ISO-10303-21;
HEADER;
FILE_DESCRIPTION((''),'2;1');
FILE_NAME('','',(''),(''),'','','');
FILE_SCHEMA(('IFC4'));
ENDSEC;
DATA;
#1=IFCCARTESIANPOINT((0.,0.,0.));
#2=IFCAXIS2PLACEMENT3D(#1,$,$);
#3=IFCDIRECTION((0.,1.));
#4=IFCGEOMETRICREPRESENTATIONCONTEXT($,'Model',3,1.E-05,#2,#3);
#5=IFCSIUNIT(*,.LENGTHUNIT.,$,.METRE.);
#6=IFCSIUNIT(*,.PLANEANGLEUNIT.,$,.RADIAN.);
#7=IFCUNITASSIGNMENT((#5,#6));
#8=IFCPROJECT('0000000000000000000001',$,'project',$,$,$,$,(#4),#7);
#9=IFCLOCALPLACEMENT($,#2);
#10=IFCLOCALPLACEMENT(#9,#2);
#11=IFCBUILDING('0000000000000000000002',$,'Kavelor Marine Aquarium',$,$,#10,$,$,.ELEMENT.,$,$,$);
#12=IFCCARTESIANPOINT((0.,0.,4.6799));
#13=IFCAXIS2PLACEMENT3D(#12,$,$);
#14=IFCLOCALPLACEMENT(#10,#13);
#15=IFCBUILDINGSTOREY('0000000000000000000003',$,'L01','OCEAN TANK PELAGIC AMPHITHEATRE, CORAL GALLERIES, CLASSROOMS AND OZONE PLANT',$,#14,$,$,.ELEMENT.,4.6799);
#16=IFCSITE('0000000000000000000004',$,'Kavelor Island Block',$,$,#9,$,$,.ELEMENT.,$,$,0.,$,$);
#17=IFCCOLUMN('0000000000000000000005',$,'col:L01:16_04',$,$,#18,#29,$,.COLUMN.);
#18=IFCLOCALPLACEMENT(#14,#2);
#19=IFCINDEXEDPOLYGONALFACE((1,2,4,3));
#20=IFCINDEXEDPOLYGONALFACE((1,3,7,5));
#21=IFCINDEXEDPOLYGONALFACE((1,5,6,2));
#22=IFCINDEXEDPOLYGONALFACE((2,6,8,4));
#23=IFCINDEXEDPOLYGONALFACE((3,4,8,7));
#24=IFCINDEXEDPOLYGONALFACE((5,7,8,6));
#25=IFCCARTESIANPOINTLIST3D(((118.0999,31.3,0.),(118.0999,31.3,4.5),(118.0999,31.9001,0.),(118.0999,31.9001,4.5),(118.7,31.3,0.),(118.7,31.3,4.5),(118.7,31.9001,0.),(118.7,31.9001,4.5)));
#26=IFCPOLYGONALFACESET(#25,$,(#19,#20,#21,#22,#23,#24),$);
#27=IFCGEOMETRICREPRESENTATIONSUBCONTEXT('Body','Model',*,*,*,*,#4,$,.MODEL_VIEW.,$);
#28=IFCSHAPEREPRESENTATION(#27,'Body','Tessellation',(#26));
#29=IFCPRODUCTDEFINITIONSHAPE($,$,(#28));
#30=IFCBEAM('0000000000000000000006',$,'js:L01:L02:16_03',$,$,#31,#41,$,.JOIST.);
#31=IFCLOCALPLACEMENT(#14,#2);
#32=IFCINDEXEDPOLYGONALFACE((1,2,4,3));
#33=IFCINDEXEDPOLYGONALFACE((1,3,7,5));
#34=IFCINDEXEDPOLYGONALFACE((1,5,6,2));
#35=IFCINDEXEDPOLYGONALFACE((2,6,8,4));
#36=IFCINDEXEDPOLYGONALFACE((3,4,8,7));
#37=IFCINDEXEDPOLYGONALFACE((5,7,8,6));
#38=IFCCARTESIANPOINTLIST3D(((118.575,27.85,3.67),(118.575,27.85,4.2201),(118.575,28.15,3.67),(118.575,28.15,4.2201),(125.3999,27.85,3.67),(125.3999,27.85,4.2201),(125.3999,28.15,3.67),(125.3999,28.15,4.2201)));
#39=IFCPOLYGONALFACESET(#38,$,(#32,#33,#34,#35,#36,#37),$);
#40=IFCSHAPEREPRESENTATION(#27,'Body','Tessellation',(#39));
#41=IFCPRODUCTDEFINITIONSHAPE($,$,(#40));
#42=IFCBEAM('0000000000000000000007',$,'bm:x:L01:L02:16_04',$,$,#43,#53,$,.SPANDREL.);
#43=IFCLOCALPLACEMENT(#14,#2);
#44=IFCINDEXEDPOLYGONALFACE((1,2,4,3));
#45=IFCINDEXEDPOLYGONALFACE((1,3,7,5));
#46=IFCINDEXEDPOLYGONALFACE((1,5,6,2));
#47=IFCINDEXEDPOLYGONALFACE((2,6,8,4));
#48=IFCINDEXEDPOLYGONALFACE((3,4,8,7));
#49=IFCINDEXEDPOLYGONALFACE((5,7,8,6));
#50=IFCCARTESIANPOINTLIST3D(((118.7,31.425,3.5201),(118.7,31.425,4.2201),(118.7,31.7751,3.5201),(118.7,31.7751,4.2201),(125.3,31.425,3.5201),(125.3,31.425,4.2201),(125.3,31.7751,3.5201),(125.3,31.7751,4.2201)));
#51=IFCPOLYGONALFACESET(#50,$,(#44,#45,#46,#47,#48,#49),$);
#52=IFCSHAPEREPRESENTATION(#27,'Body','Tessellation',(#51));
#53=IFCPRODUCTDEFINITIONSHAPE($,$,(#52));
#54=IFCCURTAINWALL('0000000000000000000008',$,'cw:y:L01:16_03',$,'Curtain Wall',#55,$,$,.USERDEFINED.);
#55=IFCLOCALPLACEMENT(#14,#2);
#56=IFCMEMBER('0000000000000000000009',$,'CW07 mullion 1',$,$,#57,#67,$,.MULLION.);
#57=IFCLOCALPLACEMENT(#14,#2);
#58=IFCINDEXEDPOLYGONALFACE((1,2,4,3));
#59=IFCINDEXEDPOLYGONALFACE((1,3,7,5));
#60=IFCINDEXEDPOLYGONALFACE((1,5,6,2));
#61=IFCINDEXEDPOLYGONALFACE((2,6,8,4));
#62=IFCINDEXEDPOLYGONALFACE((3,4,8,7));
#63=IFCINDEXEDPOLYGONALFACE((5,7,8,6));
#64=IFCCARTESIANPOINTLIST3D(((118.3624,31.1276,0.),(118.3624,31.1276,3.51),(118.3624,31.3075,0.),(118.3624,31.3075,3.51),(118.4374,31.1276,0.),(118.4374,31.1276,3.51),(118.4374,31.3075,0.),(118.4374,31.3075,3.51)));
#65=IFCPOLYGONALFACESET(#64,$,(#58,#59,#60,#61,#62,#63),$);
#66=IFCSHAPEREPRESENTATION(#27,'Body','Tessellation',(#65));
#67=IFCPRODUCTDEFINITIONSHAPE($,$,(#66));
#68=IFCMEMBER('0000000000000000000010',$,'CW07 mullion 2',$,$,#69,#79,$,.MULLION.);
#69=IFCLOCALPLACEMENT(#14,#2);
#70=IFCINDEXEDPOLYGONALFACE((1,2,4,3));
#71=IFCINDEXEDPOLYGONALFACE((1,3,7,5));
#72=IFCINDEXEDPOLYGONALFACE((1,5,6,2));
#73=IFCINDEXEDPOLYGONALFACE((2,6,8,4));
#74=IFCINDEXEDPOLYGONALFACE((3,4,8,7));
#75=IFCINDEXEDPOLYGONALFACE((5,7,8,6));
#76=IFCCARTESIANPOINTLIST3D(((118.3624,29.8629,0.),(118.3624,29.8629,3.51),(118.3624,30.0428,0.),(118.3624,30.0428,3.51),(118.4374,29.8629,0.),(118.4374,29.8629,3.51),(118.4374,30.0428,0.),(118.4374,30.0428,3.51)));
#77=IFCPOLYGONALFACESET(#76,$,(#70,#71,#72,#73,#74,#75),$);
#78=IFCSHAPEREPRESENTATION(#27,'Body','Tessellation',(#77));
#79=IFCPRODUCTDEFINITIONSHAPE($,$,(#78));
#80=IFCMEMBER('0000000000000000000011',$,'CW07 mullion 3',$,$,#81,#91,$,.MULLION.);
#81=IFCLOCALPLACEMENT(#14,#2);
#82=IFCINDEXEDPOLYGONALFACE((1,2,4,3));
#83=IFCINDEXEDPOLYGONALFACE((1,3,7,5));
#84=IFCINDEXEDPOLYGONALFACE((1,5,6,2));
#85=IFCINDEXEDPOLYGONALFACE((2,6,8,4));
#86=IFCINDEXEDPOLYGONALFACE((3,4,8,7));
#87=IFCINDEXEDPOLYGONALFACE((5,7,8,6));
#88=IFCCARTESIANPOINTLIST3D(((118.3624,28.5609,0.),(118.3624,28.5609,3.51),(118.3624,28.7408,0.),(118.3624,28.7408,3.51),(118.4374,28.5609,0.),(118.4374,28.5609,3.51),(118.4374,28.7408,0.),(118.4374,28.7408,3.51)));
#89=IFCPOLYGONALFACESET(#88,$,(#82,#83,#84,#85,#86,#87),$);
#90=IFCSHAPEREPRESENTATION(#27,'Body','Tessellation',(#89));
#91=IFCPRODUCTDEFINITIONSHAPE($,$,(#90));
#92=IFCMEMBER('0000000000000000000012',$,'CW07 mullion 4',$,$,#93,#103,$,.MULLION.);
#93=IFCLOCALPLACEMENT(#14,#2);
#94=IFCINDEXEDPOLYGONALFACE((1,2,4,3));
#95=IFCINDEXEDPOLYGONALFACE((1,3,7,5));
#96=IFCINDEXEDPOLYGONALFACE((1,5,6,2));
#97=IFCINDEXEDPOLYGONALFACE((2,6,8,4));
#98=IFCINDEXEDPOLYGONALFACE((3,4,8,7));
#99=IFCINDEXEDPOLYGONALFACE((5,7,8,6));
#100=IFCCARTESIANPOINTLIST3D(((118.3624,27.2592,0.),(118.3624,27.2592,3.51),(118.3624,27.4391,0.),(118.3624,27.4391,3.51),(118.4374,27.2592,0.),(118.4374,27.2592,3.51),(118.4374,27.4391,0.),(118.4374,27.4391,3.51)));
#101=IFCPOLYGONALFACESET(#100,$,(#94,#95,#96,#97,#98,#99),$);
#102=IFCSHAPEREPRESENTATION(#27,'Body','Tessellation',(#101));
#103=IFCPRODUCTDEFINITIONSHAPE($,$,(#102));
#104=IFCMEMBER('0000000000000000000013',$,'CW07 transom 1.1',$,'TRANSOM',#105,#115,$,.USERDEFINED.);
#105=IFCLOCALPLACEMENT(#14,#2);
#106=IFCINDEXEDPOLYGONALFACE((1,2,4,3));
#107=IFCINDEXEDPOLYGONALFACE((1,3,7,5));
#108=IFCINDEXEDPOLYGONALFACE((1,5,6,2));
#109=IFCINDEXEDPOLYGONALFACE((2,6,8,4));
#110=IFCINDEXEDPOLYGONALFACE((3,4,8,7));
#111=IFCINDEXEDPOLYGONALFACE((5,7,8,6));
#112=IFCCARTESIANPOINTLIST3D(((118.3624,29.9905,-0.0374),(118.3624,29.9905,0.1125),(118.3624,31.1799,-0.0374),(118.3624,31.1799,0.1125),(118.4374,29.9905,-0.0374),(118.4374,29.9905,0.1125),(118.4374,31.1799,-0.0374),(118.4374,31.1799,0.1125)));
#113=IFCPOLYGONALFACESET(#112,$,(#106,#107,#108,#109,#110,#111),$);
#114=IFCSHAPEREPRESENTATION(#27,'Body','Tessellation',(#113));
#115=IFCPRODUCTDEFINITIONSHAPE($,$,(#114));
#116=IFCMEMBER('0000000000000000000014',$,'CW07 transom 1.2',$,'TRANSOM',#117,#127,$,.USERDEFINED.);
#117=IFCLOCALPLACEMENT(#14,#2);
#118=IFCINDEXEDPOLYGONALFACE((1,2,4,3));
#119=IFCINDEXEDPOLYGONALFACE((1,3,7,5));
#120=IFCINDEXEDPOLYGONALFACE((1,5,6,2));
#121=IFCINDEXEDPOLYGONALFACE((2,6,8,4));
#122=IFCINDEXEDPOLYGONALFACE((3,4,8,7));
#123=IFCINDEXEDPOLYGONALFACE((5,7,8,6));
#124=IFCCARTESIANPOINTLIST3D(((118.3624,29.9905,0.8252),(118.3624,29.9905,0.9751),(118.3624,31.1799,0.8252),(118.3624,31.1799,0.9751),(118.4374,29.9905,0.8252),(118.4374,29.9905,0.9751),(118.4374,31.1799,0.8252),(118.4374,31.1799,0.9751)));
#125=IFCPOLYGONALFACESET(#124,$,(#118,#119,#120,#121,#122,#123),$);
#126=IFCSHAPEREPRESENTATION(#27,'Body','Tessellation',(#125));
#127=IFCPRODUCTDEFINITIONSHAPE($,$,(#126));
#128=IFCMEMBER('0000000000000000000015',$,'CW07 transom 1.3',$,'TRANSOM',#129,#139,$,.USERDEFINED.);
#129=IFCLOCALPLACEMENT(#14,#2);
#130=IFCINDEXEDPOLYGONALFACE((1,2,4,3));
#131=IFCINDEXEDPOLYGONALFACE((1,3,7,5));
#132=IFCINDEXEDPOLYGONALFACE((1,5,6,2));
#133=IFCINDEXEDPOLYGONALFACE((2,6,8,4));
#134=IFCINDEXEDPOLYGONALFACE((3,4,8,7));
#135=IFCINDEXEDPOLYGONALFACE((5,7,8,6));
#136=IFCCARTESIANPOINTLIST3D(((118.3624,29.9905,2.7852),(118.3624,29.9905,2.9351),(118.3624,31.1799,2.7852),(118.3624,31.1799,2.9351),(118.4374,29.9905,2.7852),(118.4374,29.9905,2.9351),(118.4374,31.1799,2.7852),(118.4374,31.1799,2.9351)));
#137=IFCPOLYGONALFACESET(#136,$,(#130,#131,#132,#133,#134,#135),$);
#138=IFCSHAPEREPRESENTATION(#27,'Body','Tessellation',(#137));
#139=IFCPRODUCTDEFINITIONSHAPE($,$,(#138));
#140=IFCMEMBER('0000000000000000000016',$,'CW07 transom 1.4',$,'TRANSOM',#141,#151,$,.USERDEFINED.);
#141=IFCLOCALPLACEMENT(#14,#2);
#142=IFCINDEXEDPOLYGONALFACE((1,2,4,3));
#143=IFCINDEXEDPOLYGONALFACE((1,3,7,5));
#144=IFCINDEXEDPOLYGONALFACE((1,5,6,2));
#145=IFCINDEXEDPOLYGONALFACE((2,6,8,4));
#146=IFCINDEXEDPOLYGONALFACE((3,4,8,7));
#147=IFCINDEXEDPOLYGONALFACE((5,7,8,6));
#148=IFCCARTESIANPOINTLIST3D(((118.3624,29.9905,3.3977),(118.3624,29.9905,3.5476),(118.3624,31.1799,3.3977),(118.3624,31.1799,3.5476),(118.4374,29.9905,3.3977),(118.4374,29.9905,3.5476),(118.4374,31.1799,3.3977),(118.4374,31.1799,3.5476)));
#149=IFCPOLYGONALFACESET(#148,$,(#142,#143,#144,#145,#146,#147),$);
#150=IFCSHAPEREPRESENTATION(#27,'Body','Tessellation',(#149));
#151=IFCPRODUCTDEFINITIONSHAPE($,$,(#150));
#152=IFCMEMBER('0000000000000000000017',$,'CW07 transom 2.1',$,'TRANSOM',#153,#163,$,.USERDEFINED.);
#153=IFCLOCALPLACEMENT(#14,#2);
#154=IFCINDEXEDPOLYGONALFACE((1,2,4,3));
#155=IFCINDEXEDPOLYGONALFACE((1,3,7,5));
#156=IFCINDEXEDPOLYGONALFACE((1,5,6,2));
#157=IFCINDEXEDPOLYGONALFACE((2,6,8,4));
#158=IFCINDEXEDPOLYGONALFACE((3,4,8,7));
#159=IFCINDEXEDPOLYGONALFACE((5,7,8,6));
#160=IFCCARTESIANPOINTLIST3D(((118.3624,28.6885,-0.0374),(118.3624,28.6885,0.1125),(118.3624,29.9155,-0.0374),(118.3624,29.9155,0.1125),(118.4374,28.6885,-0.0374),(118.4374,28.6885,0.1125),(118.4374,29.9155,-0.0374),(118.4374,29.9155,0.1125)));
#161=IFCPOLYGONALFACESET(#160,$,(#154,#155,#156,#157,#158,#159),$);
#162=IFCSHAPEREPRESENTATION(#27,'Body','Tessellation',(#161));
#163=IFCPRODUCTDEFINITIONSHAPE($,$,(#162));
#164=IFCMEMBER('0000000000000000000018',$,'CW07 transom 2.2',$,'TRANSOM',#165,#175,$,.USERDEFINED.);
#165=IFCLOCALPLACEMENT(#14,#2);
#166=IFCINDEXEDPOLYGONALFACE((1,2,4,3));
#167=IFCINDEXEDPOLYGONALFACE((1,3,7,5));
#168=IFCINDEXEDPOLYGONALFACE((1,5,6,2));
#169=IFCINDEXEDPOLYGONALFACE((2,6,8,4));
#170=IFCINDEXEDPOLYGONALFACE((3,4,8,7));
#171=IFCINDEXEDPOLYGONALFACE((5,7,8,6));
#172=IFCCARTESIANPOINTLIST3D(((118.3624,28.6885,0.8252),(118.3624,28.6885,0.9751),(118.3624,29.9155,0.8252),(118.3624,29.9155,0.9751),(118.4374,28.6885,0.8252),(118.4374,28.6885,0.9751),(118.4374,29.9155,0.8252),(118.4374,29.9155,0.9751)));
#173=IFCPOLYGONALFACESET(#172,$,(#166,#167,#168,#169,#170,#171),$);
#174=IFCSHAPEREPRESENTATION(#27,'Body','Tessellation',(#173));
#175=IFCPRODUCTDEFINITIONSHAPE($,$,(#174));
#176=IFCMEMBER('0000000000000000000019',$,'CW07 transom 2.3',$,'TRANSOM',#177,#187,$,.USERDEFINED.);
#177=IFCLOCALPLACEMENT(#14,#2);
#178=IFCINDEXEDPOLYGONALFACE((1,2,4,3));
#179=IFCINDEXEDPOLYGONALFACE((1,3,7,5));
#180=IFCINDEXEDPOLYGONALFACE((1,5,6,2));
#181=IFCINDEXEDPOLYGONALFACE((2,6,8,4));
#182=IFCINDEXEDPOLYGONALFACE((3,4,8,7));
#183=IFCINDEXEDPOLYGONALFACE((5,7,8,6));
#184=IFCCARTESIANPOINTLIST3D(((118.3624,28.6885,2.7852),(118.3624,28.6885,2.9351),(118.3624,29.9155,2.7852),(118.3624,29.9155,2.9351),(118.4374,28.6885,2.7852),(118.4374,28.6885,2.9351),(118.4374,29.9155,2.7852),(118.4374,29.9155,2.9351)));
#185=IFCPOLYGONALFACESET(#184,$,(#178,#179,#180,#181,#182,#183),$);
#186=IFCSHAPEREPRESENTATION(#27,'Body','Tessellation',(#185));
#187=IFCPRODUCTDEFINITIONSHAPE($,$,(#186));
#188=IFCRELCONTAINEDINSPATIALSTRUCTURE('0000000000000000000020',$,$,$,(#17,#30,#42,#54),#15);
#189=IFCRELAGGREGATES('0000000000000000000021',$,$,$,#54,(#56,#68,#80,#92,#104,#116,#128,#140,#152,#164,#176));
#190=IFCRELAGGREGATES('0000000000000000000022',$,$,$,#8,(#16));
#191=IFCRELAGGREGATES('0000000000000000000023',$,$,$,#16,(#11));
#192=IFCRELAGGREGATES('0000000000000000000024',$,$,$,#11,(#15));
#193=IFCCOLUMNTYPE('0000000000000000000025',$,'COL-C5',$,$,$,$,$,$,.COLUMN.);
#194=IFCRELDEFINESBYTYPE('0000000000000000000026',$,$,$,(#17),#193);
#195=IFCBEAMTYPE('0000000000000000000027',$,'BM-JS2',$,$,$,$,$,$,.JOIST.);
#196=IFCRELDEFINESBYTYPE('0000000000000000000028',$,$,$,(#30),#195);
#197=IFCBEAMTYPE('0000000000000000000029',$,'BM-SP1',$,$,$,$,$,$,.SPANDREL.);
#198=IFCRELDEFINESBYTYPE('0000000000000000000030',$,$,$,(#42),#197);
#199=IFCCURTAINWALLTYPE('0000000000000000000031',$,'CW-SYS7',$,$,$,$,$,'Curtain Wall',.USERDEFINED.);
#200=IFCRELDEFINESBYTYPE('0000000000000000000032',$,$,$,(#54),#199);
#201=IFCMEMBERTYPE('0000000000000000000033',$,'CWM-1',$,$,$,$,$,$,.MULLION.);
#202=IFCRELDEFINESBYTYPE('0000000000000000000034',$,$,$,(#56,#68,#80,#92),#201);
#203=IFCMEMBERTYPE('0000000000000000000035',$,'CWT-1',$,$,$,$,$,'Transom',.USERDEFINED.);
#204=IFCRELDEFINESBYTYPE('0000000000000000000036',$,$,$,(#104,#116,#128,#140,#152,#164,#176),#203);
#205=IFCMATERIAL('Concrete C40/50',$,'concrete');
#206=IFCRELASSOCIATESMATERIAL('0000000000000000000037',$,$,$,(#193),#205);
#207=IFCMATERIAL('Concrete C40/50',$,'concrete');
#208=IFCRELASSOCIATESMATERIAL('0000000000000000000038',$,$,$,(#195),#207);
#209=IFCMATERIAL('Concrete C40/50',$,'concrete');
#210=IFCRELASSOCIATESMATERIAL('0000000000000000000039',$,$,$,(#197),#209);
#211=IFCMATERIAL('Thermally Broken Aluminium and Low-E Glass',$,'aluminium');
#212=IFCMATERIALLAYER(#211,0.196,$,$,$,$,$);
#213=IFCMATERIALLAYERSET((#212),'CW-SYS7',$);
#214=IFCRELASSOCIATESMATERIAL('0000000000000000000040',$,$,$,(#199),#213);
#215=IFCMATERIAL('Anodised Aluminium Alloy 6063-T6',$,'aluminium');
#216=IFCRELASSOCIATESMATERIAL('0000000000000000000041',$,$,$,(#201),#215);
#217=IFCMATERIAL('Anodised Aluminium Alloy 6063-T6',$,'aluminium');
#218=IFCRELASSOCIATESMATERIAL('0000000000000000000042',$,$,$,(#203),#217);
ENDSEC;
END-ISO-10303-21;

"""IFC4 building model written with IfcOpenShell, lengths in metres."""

from ifc_helpers import new_model, si_unit, direction, frame, origin, origin_2d, place, context, subcontext, project, spatial, rectangle, extrude, material, layer, layer_set, material_profile, profile_set, type_object, element, aggregate, save


model = new_model("IFC4")

# Units and contexts
model_context = context("Model", 3, precision=1e-05, world=origin(), true_north=direction((0.0, 1.0)))
body_context = subcontext(model_context, "Body", "Model", "MODEL_VIEW")
ifc_project = project(units=[si_unit("LENGTHUNIT", "METRE"), si_unit("PLANEANGLEUNIT", "RADIAN")], contexts=[model_context])

# Site, building, storey
site_placement = place(None, origin())
site = spatial("IfcSite", under=ifc_project, at=site_placement, Name="Kavelor Island Block", CompositionType="ELEMENT", RefElevation=0.0)
building_placement = place(site_placement, origin())
building = spatial("IfcBuilding", under=site, at=building_placement, Name="Kavelor Marine Aquarium", CompositionType="ELEMENT")
storey_placement = place(building_placement, frame((0.0, 0.0, 4.6799)))
storey = spatial("IfcBuildingStorey", under=building, at=storey_placement, Name="L01", Description="OCEAN TANK PELAGIC AMPHITHEATRE, CORAL GALLERIES, CLASSROOMS AND OZONE PLANT", CompositionType="ELEMENT", Elevation=4.6799)

# Column
ifc_material_1 = material(Name="Concrete C40/50", Category="concrete")
ifc_material_profile_1 = material_profile(ifc_material_1, rectangle(XDim=0.6001, YDim=0.6001, at=origin_2d()), Name="RC-COL 600x600")
ifc_profile_set_1 = profile_set([ifc_material_profile_1], Name="Concrete C40/50")
column_type = type_object("IfcColumnType", Name="COL-C5", PredefinedType="COLUMN", material=ifc_profile_set_1)
column_placement = place(storey_placement, frame((118.3999, 31.6001, 0.0), z_axis=(0.0, 0.0, 1.0), x_axis=(1.0, 0.0, 0.0)))
element("IfcColumn", 1, at=column_placement, inside=storey, type_object=column_type, Name="col:L01:16_04", PredefinedType="COLUMN", context=body_context, shape_type="SweptSolid", body=[
    extrude(rectangle(XDim=0.6001, YDim=0.6001, at=origin_2d()), origin(), (0.0, 0.0, 1.0), 4.5),
])

# Beams
ifc_material_2 = material(Name="Concrete C40/50", Category="concrete")
ifc_material_profile_2 = material_profile(ifc_material_2, rectangle(XDim=0.3, YDim=0.55, at=origin_2d()), Name="RC-JS 300x550")
ifc_profile_set_2 = profile_set([ifc_material_profile_2], Name="Concrete C40/50")
beam_type_1 = type_object("IfcBeamType", Name="BM-JS2", PredefinedType="JOIST", material=ifc_profile_set_2)
beam_1_placement = place(storey_placement, frame((118.575, 28.0, 3.9451), z_axis=(1.0, 0.0, 0.0), x_axis=(0.0, 1.0, 0.0)))
element("IfcBeam", 2, at=beam_1_placement, inside=storey, type_object=beam_type_1, Name="js:L01:L02:16_03", PredefinedType="JOIST", context=body_context, shape_type="SweptSolid", body=[
    extrude(rectangle(XDim=0.3, YDim=0.55, at=origin_2d()), origin(), (0.0, 0.0, 1.0), 6.825),
])
ifc_material_3 = material(Name="Concrete C40/50", Category="concrete")
ifc_material_profile_3 = material_profile(ifc_material_3, rectangle(XDim=0.3501, YDim=0.7, at=origin_2d()), Name="RC-SP 350x700")
ifc_profile_set_3 = profile_set([ifc_material_profile_3], Name="Concrete C40/50")
beam_type_2 = type_object("IfcBeamType", Name="BM-SP1", PredefinedType="SPANDREL", material=ifc_profile_set_3)
beam_2_placement = place(storey_placement, frame((118.7, 31.6001, 3.8701), z_axis=(1.0, 0.0, 0.0), x_axis=(0.0, 1.0, 0.0)))
element("IfcBeam", 3, at=beam_2_placement, inside=storey, type_object=beam_type_2, Name="bm:x:L01:L02:16_04", PredefinedType="SPANDREL", context=body_context, shape_type="SweptSolid", body=[
    extrude(rectangle(XDim=0.3501, YDim=0.7, at=origin_2d()), origin(), (0.0, 0.0, 1.0), 6.6001),
])

# Curtain wall, members
ifc_material_4 = material(Name="Thermally Broken Aluminium and Low-E Glass", Category="aluminium")
ifc_layer_1 = layer(ifc_material_4, 0.196)
ifc_layer_set_1 = layer_set([ifc_layer_1], Name="CW-SYS7")
curtain_wall_type = type_object("IfcCurtainWallType", Name="CW-SYS7", ElementType="Curtain Wall", PredefinedType="USERDEFINED", material=ifc_layer_set_1)
curtain_wall_placement = place(storey_placement, origin())
curtain_wall = element("IfcCurtainWall", 4, at=curtain_wall_placement, inside=storey, type_object=curtain_wall_type, Name="cw:y:L01:16_03", ObjectType="Curtain Wall", PredefinedType="USERDEFINED")
ifc_material_5 = material(Name="Anodised Aluminium Alloy 6063-T6", Category="aluminium")
ifc_material_profile_4 = material_profile(ifc_material_5, rectangle(XDim=0.075, YDim=0.1799, at=origin_2d()), Name="CW-MUL 75x180")
ifc_profile_set_4 = profile_set([ifc_material_profile_4], Name="Anodised Aluminium Alloy 6063-T6")
member_type_1 = type_object("IfcMemberType", Name="CWM-1", PredefinedType="MULLION", material=ifc_profile_set_4)
member_1_placement = place(storey_placement, frame((118.3999, 31.2175, 0.0), z_axis=(0.0, 0.0, 1.0), x_axis=(1.0, 0.0, 0.0)))
member_1 = element("IfcMember", 5, at=member_1_placement, type_object=member_type_1, Name="CW07 mullion 1", PredefinedType="MULLION", context=body_context, shape_type="SweptSolid", body=[
    extrude(rectangle(XDim=0.075, YDim=0.1799, at=origin_2d()), origin(), (0.0, 0.0, 1.0), 3.51),
])
member_2_placement = place(storey_placement, frame((118.3999, 29.9529, 0.0), z_axis=(0.0, 0.0, 1.0), x_axis=(1.0, 0.0, 0.0)))
member_2 = element("IfcMember", 6, at=member_2_placement, type_object=member_type_1, Name="CW07 mullion 2", PredefinedType="MULLION", context=body_context, shape_type="SweptSolid", body=[
    extrude(rectangle(XDim=0.075, YDim=0.1799, at=origin_2d()), origin(), (0.0, 0.0, 1.0), 3.51),
])
member_3_placement = place(storey_placement, frame((118.3999, 28.6509, 0.0), z_axis=(0.0, 0.0, 1.0), x_axis=(1.0, 0.0, 0.0)))
member_3 = element("IfcMember", 7, at=member_3_placement, type_object=member_type_1, Name="CW07 mullion 3", PredefinedType="MULLION", context=body_context, shape_type="SweptSolid", body=[
    extrude(rectangle(XDim=0.075, YDim=0.1799, at=origin_2d()), origin(), (0.0, 0.0, 1.0), 3.51),
])
member_4_placement = place(storey_placement, frame((118.3999, 27.3491, 0.0), z_axis=(0.0, 0.0, 1.0), x_axis=(1.0, 0.0, 0.0)))
member_4 = element("IfcMember", 8, at=member_4_placement, type_object=member_type_1, Name="CW07 mullion 4", PredefinedType="MULLION", context=body_context, shape_type="SweptSolid", body=[
    extrude(rectangle(XDim=0.075, YDim=0.1799, at=origin_2d()), origin(), (0.0, 0.0, 1.0), 3.51),
])
ifc_material_6 = material(Name="Anodised Aluminium Alloy 6063-T6", Category="aluminium")
ifc_material_profile_5 = material_profile(ifc_material_6, rectangle(XDim=0.075, YDim=0.1499, at=origin_2d()), Name="CW-TRN 75x150")
ifc_profile_set_5 = profile_set([ifc_material_profile_5], Name="Anodised Aluminium Alloy 6063-T6")
member_type_2 = type_object("IfcMemberType", Name="CWT-1", ElementType="Transom", PredefinedType="USERDEFINED", material=ifc_profile_set_5)
member_5_placement = place(storey_placement, frame((118.3999, 31.1799, 0.0376), z_axis=(0.0, -1.0, 0.0), x_axis=(1.0, 0.0, 0.0)))
member_5 = element("IfcMember", 9, at=member_5_placement, type_object=member_type_2, Name="CW07 transom 1.1", ObjectType="TRANSOM", PredefinedType="USERDEFINED", context=body_context, shape_type="SweptSolid", body=[
    extrude(rectangle(XDim=0.075, YDim=0.1499, at=origin_2d()), origin(), (0.0, 0.0, 1.0), 1.1895),
])
member_6_placement = place(storey_placement, frame((118.3999, 31.1799, 0.9001), z_axis=(0.0, -1.0, 0.0), x_axis=(1.0, 0.0, 0.0)))
member_6 = element("IfcMember", 10, at=member_6_placement, type_object=member_type_2, Name="CW07 transom 1.2", ObjectType="TRANSOM", PredefinedType="USERDEFINED", context=body_context, shape_type="SweptSolid", body=[
    extrude(rectangle(XDim=0.075, YDim=0.1499, at=origin_2d()), origin(), (0.0, 0.0, 1.0), 1.1895),
])
member_7_placement = place(storey_placement, frame((118.3999, 31.1799, 2.8601), z_axis=(0.0, -1.0, 0.0), x_axis=(1.0, 0.0, 0.0)))
member_7 = element("IfcMember", 11, at=member_7_placement, type_object=member_type_2, Name="CW07 transom 1.3", ObjectType="TRANSOM", PredefinedType="USERDEFINED", context=body_context, shape_type="SweptSolid", body=[
    extrude(rectangle(XDim=0.075, YDim=0.1499, at=origin_2d()), origin(), (0.0, 0.0, 1.0), 1.1895),
])
member_8_placement = place(storey_placement, frame((118.3999, 31.1799, 3.4727), z_axis=(0.0, -1.0, 0.0), x_axis=(1.0, 0.0, 0.0)))
member_8 = element("IfcMember", 12, at=member_8_placement, type_object=member_type_2, Name="CW07 transom 1.4", ObjectType="TRANSOM", PredefinedType="USERDEFINED", context=body_context, shape_type="SweptSolid", body=[
    extrude(rectangle(XDim=0.075, YDim=0.1499, at=origin_2d()), origin(), (0.0, 0.0, 1.0), 1.1895),
])
member_9_placement = place(storey_placement, frame((118.3999, 29.9155, 0.0376), z_axis=(0.0, -1.0, 0.0), x_axis=(1.0, 0.0, 0.0)))
member_9 = element("IfcMember", 13, at=member_9_placement, type_object=member_type_2, Name="CW07 transom 2.1", ObjectType="TRANSOM", PredefinedType="USERDEFINED", context=body_context, shape_type="SweptSolid", body=[
    extrude(rectangle(XDim=0.075, YDim=0.1499, at=origin_2d()), origin(), (0.0, 0.0, 1.0), 1.2271),
])
member_10_placement = place(storey_placement, frame((118.3999, 29.9155, 0.9001), z_axis=(0.0, -1.0, 0.0), x_axis=(1.0, 0.0, 0.0)))
member_10 = element("IfcMember", 14, at=member_10_placement, type_object=member_type_2, Name="CW07 transom 2.2", ObjectType="TRANSOM", PredefinedType="USERDEFINED", context=body_context, shape_type="SweptSolid", body=[
    extrude(rectangle(XDim=0.075, YDim=0.1499, at=origin_2d()), origin(), (0.0, 0.0, 1.0), 1.2271),
])
member_11_placement = place(storey_placement, frame((118.3999, 29.9155, 2.8601), z_axis=(0.0, -1.0, 0.0), x_axis=(1.0, 0.0, 0.0)))
member_11 = element("IfcMember", 15, at=member_11_placement, type_object=member_type_2, Name="CW07 transom 2.3", ObjectType="TRANSOM", PredefinedType="USERDEFINED", context=body_context, shape_type="SweptSolid", body=[
    extrude(rectangle(XDim=0.075, YDim=0.1499, at=origin_2d()), origin(), (0.0, 0.0, 1.0), 1.2271),
])
aggregate(curtain_wall, [member_1, member_2, member_3, member_4, member_5, member_6, member_7, member_8, member_9, member_10, member_11])

save(model, "model.ifc")
